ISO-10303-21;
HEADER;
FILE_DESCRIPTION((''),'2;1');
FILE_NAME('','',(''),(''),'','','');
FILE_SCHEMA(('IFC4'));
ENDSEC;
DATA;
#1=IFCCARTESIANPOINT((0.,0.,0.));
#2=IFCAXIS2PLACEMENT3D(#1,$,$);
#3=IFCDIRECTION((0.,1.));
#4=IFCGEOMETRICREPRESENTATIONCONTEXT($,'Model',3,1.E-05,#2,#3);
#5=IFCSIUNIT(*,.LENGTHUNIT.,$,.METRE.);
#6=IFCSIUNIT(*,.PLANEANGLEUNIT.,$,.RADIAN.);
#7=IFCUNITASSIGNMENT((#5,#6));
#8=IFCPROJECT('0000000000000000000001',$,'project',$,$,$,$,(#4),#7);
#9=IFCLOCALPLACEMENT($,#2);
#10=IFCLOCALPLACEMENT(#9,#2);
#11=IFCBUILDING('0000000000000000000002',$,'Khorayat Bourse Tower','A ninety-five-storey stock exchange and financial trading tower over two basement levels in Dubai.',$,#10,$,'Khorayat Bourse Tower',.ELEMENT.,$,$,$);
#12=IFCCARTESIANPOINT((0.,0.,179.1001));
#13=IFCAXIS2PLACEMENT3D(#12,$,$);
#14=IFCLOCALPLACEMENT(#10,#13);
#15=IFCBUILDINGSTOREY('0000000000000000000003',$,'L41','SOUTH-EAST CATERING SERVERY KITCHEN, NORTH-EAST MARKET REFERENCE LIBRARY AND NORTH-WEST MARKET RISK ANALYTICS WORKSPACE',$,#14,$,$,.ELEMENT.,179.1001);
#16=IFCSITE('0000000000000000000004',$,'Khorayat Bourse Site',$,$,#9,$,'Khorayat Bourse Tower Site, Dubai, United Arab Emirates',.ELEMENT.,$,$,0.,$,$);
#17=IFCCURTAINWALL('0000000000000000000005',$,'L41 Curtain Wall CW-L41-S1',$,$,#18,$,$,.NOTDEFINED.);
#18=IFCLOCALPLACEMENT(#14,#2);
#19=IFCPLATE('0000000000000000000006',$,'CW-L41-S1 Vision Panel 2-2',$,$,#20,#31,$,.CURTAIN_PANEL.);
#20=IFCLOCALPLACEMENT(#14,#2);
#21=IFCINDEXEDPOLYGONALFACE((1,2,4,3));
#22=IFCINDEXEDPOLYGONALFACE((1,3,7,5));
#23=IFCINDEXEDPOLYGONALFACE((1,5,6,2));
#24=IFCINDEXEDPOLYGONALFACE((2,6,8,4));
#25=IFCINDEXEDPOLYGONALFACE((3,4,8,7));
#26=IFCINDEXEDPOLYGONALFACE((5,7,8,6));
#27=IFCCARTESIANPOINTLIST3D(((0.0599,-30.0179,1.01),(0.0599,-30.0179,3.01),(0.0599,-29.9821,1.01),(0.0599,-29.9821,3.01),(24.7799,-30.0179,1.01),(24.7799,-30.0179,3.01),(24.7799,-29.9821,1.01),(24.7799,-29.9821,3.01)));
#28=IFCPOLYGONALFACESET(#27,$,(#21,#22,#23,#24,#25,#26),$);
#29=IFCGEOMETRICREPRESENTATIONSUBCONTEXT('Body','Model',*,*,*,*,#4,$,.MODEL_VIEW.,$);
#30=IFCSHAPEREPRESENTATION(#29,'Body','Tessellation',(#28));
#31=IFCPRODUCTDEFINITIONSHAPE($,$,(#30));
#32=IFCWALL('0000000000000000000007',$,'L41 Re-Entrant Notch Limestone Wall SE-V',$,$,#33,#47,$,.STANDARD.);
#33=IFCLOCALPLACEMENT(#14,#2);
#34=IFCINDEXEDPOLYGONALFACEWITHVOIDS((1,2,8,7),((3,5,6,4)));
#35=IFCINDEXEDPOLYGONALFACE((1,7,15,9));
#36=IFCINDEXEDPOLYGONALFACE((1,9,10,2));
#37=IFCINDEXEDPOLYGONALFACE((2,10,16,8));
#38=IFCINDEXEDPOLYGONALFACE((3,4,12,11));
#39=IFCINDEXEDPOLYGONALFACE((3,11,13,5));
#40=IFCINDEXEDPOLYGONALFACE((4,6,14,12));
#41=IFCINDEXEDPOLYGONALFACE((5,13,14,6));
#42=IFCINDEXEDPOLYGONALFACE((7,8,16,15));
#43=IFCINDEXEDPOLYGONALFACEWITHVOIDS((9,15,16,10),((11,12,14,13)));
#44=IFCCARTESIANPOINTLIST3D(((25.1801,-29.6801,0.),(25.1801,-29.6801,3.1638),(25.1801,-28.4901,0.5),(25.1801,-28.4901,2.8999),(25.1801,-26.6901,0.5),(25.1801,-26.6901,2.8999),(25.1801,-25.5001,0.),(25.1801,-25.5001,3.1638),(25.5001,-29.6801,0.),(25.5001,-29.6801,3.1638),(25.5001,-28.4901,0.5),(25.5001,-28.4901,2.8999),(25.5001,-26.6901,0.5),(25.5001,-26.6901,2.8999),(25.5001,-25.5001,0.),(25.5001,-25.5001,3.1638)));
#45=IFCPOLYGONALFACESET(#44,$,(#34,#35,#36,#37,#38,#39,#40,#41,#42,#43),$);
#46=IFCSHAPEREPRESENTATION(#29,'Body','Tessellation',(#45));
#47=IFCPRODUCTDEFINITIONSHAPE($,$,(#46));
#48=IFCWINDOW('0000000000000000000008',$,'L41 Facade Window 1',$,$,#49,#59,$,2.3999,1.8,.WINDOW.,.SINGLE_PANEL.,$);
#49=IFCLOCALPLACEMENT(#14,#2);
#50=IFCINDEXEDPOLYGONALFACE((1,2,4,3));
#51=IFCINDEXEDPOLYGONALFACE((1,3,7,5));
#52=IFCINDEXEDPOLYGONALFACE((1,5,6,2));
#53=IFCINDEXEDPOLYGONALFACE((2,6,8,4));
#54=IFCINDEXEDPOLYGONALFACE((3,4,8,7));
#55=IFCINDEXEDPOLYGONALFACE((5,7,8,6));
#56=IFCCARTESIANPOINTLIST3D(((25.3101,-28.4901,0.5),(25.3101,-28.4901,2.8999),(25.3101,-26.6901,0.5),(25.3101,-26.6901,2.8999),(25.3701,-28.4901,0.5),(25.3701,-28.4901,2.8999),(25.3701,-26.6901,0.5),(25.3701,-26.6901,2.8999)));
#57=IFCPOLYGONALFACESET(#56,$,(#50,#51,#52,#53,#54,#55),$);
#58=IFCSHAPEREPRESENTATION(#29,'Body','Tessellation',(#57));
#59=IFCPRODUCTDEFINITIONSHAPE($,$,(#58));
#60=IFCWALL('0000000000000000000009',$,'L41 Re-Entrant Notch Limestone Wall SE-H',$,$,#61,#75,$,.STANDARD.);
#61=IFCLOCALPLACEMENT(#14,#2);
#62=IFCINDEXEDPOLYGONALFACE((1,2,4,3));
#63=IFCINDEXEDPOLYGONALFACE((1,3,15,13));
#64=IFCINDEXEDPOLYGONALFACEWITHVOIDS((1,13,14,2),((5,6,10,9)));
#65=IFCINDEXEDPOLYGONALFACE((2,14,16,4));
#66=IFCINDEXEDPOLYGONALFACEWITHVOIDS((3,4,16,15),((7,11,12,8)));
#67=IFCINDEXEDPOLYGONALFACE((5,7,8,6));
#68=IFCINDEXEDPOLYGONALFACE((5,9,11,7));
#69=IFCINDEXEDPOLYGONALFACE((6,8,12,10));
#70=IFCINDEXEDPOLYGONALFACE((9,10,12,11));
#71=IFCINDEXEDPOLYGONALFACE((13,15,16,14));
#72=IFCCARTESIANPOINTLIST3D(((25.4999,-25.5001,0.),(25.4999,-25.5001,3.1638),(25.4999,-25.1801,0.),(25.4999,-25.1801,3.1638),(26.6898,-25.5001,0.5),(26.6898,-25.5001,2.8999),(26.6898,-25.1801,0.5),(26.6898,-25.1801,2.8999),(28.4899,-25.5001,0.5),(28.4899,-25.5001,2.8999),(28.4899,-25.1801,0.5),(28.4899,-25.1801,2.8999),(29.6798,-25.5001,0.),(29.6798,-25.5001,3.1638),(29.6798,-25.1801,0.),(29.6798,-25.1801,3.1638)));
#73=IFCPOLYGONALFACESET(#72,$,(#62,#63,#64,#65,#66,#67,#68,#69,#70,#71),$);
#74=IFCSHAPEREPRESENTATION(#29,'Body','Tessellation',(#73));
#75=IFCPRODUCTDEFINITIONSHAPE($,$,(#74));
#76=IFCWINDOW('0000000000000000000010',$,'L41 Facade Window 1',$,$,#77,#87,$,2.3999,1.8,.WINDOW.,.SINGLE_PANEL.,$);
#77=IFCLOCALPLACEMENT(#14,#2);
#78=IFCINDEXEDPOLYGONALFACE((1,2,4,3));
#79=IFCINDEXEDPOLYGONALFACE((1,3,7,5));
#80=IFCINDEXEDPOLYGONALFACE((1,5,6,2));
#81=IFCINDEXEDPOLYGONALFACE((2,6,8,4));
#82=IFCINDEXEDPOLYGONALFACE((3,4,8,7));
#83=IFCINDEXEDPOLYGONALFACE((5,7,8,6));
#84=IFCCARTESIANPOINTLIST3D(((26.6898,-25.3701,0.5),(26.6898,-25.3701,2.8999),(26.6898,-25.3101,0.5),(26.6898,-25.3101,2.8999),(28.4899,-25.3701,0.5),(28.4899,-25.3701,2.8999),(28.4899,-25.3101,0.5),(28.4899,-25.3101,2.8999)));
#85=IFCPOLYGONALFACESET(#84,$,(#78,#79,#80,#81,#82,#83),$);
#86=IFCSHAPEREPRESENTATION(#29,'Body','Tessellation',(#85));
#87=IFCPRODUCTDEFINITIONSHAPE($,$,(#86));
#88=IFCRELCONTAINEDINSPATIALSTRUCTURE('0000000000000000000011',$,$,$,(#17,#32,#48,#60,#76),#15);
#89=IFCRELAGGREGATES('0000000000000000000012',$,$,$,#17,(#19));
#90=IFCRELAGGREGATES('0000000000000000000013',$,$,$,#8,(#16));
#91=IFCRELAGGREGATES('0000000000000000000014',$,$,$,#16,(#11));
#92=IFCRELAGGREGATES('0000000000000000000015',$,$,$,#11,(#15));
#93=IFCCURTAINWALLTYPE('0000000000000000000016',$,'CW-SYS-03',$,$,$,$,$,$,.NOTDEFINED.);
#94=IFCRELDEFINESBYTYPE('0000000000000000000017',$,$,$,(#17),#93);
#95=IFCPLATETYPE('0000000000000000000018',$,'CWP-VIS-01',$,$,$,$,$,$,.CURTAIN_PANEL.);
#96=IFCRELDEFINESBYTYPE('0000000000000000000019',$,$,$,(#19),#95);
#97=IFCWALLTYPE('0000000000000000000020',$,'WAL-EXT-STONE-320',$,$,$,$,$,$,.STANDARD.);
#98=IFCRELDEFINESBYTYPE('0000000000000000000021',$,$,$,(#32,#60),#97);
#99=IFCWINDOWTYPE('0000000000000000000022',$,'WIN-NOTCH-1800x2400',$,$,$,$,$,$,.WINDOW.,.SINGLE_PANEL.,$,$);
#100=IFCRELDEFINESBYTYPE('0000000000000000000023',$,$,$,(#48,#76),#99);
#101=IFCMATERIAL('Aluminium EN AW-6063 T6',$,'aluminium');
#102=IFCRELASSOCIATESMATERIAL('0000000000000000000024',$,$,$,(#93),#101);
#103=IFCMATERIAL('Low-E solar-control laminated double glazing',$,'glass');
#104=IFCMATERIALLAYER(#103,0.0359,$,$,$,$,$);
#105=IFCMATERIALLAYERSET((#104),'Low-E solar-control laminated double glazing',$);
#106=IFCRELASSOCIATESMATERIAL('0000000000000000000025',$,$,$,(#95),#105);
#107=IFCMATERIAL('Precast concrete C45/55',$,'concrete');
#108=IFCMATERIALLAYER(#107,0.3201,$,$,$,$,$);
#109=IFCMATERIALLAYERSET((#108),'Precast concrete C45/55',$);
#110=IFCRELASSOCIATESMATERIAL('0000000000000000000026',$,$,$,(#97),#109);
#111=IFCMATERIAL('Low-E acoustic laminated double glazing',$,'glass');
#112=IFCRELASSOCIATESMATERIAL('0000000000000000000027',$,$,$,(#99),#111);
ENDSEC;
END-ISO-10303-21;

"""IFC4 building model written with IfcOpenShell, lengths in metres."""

from ifc_helpers import new_model, si_unit, direction, frame, frame_2d, origin, origin_2d, place, context, subcontext, project, spatial, rectangle, extrude, source, transform, mapped, material, layer, layer_set, type_object, element, fill, aggregate, save


model = new_model("IFC4")

# Units and contexts
model_context = context("Model", 3, precision=1e-05, world=origin(), true_north=direction((0.0, 1.0)))
body_context = subcontext(model_context, "Body", "Model", "MODEL_VIEW")
ifc_project = project(units=[si_unit("LENGTHUNIT", "METRE"), si_unit("PLANEANGLEUNIT", "RADIAN")], contexts=[model_context])

# Site, building, storey
site_placement = place(None, origin())
site = spatial("IfcSite", under=ifc_project, at=site_placement, Name="Khorayat Bourse Site", LongName="Khorayat Bourse Tower Site, Dubai, United Arab Emirates", CompositionType="ELEMENT", RefElevation=0.0)
building_placement = place(site_placement, origin())
building = spatial("IfcBuilding", under=site, at=building_placement, Name="Khorayat Bourse Tower", Description="A ninety-five-storey stock exchange and financial trading tower over two basement levels in Dubai.", LongName="Khorayat Bourse Tower", CompositionType="ELEMENT")
storey_placement = place(building_placement, frame((0.0, 0.0, 179.1001)))
storey = spatial("IfcBuildingStorey", under=building, at=storey_placement, Name="L41", Description="SOUTH-EAST CATERING SERVERY KITCHEN, NORTH-EAST MARKET REFERENCE LIBRARY AND NORTH-WEST MARKET RISK ANALYTICS WORKSPACE", CompositionType="ELEMENT", Elevation=179.1001)

# Curtain wall
ifc_material_1 = material(Name="Aluminium EN AW-6063 T6", Category="aluminium")
curtain_wall_type = type_object("IfcCurtainWallType", Name="CW-SYS-03", PredefinedType="NOTDEFINED", material=ifc_material_1)
curtain_wall_1_placement = place(storey_placement, origin())
curtain_wall_1 = element("IfcCurtainWall", 1, at=curtain_wall_1_placement, inside=storey, type_object=curtain_wall_type, Name="L41 Curtain Wall CW-L41-S1", PredefinedType="NOTDEFINED")

# Plate
ifc_material_2 = material(Name="Low-E solar-control laminated double glazing", Category="glass")
ifc_layer_1 = layer(ifc_material_2, 0.0359)
ifc_layer_set_1 = layer_set([ifc_layer_1], Name="Low-E solar-control laminated double glazing")
plate_type_1 = type_object("IfcPlateType", Name="CWP-VIS-01", PredefinedType="CURTAIN_PANEL", material=ifc_layer_set_1)
shared_shape_1 = source(origin(), body_context, "Body", "SweptSolid", [
    extrude(rectangle(XDim=24.72, YDim=0.0359, at=origin_2d()), origin(), (0.0, 0.0, 1.0), 2.0),
])
plate_1_placement = place(storey_placement, frame((12.4199, -30.0, 1.01), z_axis=(0.0, 0.0, 1.0), x_axis=(1.0, 0.0, 0.0)))
plate_1 = element("IfcPlate", 2, at=plate_1_placement, type_object=plate_type_1, Name="CW-L41-S1 Vision Panel 2-2", PredefinedType="CURTAIN_PANEL", context=body_context, shape_type="MappedRepresentation", body=[
    mapped(shared_shape_1, transform((0.0, 0.0, 0.0), scale=1.0)),
])
aggregate(curtain_wall_1, [plate_1])

# Walls, openings, windows
ifc_material_3 = material(Name="Precast concrete C45/55", Category="concrete")
ifc_layer_2 = layer(ifc_material_3, 0.3201)
ifc_layer_set_2 = layer_set([ifc_layer_2], Name="Precast concrete C45/55")
wall_type = type_object("IfcWallType", Name="WAL-EXT-STONE-320", PredefinedType="STANDARD", material=ifc_layer_set_2)
shared_shape_2 = source(origin(), body_context, "Body", "SweptSolid", [
    extrude(rectangle(XDim=4.1799, YDim=0.3201, at=frame_2d((2.0898, 0.0))), origin(), (0.0, 0.0, 1.0), 3.1638),
])
wall_1_placement = place(storey_placement, frame((25.3401, -29.6799, 0.0), z_axis=(0.0, 0.0, 1.0), x_axis=(0.0, 1.0, 0.0)))
wall_1 = element("IfcWall", 3, at=wall_1_placement, inside=storey, type_object=wall_type, Name="L41 Re-Entrant Notch Limestone Wall SE-V", PredefinedType="STANDARD", context=body_context, shape_type="MappedRepresentation", body=[
    mapped(shared_shape_2, transform((0.0, 0.0, 0.0), scale=1.0)),
])
shared_shape_3 = source(origin(), body_context, "Body", "SweptSolid", [
    extrude(rectangle(XDim=1.8, YDim=2.3999, at=frame_2d((0.8999, 1.2))), frame((0.0, 0.1699, 0.0), z_axis=(0.0, -1.0, 0.0), x_axis=(1.0, 0.0, 0.0)), (0.0, 0.0, 1.0), 0.3401),
])
opening_1_placement = place(wall_1_placement, frame((1.1899, 0.0, 0.5)))
opening_1 = element("IfcOpeningElement", 4, at=opening_1_placement, cuts=wall_1, PredefinedType="OPENING", context=body_context, shape_type="MappedRepresentation", body=[
    mapped(shared_shape_3, transform((0.0, 0.0, 0.0), scale=1.0)),
])
ifc_material_4 = material(Name="Low-E acoustic laminated double glazing", Category="glass")
window_type = type_object("IfcWindowType", Name="WIN-NOTCH-1800x2400", PartitioningType="SINGLE_PANEL", PredefinedType="WINDOW", material=ifc_material_4)
shared_shape_4 = source(origin(), body_context, "Body", "SweptSolid", [
    extrude(rectangle(XDim=1.8, YDim=2.3999, at=frame_2d((0.8999, 1.2))), frame((0.0, 0.03, 0.0), z_axis=(0.0, -1.0, 0.0), x_axis=(1.0, 0.0, 0.0)), (0.0, 0.0, 1.0), 0.0601),
])
window_1_placement = place(opening_1_placement, origin())
window_1 = element("IfcWindow", 5, at=window_1_placement, inside=storey, type_object=window_type, Name="L41 Facade Window 1", OverallHeight=2.3999, OverallWidth=1.8, PartitioningType="SINGLE_PANEL", PredefinedType="WINDOW", context=body_context, shape_type="MappedRepresentation", body=[
    mapped(shared_shape_4, transform((0.0, 0.0, 0.0), scale=1.0)),
])
fill(opening_1, window_1)
wall_2_placement = place(storey_placement, frame((25.5, -25.3401, 0.0), z_axis=(0.0, 0.0, 1.0), x_axis=(1.0, 0.0, 0.0)))
wall_2 = element("IfcWall", 6, at=wall_2_placement, inside=storey, type_object=wall_type, Name="L41 Re-Entrant Notch Limestone Wall SE-H", PredefinedType="STANDARD", context=body_context, shape_type="MappedRepresentation", body=[
    mapped(shared_shape_2, transform((0.0, 0.0, 0.0), scale=1.0)),
])
opening_2_placement = place(wall_2_placement, frame((1.1899, 0.0, 0.5)))
opening_2 = element("IfcOpeningElement", 7, at=opening_2_placement, cuts=wall_2, PredefinedType="OPENING", context=body_context, shape_type="MappedRepresentation", body=[
    mapped(shared_shape_3, transform((0.0, 0.0, 0.0), scale=1.0)),
])
window_2_placement = place(opening_2_placement, origin())
window_2 = element("IfcWindow", 8, at=window_2_placement, inside=storey, type_object=window_type, Name="L41 Facade Window 1", OverallHeight=2.3999, OverallWidth=1.8, PartitioningType="SINGLE_PANEL", PredefinedType="WINDOW", context=body_context, shape_type="MappedRepresentation", body=[
    mapped(shared_shape_4, transform((0.0, 0.0, 0.0), scale=1.0)),
])
fill(opening_2, window_2)

save(model, "model.ifc")
